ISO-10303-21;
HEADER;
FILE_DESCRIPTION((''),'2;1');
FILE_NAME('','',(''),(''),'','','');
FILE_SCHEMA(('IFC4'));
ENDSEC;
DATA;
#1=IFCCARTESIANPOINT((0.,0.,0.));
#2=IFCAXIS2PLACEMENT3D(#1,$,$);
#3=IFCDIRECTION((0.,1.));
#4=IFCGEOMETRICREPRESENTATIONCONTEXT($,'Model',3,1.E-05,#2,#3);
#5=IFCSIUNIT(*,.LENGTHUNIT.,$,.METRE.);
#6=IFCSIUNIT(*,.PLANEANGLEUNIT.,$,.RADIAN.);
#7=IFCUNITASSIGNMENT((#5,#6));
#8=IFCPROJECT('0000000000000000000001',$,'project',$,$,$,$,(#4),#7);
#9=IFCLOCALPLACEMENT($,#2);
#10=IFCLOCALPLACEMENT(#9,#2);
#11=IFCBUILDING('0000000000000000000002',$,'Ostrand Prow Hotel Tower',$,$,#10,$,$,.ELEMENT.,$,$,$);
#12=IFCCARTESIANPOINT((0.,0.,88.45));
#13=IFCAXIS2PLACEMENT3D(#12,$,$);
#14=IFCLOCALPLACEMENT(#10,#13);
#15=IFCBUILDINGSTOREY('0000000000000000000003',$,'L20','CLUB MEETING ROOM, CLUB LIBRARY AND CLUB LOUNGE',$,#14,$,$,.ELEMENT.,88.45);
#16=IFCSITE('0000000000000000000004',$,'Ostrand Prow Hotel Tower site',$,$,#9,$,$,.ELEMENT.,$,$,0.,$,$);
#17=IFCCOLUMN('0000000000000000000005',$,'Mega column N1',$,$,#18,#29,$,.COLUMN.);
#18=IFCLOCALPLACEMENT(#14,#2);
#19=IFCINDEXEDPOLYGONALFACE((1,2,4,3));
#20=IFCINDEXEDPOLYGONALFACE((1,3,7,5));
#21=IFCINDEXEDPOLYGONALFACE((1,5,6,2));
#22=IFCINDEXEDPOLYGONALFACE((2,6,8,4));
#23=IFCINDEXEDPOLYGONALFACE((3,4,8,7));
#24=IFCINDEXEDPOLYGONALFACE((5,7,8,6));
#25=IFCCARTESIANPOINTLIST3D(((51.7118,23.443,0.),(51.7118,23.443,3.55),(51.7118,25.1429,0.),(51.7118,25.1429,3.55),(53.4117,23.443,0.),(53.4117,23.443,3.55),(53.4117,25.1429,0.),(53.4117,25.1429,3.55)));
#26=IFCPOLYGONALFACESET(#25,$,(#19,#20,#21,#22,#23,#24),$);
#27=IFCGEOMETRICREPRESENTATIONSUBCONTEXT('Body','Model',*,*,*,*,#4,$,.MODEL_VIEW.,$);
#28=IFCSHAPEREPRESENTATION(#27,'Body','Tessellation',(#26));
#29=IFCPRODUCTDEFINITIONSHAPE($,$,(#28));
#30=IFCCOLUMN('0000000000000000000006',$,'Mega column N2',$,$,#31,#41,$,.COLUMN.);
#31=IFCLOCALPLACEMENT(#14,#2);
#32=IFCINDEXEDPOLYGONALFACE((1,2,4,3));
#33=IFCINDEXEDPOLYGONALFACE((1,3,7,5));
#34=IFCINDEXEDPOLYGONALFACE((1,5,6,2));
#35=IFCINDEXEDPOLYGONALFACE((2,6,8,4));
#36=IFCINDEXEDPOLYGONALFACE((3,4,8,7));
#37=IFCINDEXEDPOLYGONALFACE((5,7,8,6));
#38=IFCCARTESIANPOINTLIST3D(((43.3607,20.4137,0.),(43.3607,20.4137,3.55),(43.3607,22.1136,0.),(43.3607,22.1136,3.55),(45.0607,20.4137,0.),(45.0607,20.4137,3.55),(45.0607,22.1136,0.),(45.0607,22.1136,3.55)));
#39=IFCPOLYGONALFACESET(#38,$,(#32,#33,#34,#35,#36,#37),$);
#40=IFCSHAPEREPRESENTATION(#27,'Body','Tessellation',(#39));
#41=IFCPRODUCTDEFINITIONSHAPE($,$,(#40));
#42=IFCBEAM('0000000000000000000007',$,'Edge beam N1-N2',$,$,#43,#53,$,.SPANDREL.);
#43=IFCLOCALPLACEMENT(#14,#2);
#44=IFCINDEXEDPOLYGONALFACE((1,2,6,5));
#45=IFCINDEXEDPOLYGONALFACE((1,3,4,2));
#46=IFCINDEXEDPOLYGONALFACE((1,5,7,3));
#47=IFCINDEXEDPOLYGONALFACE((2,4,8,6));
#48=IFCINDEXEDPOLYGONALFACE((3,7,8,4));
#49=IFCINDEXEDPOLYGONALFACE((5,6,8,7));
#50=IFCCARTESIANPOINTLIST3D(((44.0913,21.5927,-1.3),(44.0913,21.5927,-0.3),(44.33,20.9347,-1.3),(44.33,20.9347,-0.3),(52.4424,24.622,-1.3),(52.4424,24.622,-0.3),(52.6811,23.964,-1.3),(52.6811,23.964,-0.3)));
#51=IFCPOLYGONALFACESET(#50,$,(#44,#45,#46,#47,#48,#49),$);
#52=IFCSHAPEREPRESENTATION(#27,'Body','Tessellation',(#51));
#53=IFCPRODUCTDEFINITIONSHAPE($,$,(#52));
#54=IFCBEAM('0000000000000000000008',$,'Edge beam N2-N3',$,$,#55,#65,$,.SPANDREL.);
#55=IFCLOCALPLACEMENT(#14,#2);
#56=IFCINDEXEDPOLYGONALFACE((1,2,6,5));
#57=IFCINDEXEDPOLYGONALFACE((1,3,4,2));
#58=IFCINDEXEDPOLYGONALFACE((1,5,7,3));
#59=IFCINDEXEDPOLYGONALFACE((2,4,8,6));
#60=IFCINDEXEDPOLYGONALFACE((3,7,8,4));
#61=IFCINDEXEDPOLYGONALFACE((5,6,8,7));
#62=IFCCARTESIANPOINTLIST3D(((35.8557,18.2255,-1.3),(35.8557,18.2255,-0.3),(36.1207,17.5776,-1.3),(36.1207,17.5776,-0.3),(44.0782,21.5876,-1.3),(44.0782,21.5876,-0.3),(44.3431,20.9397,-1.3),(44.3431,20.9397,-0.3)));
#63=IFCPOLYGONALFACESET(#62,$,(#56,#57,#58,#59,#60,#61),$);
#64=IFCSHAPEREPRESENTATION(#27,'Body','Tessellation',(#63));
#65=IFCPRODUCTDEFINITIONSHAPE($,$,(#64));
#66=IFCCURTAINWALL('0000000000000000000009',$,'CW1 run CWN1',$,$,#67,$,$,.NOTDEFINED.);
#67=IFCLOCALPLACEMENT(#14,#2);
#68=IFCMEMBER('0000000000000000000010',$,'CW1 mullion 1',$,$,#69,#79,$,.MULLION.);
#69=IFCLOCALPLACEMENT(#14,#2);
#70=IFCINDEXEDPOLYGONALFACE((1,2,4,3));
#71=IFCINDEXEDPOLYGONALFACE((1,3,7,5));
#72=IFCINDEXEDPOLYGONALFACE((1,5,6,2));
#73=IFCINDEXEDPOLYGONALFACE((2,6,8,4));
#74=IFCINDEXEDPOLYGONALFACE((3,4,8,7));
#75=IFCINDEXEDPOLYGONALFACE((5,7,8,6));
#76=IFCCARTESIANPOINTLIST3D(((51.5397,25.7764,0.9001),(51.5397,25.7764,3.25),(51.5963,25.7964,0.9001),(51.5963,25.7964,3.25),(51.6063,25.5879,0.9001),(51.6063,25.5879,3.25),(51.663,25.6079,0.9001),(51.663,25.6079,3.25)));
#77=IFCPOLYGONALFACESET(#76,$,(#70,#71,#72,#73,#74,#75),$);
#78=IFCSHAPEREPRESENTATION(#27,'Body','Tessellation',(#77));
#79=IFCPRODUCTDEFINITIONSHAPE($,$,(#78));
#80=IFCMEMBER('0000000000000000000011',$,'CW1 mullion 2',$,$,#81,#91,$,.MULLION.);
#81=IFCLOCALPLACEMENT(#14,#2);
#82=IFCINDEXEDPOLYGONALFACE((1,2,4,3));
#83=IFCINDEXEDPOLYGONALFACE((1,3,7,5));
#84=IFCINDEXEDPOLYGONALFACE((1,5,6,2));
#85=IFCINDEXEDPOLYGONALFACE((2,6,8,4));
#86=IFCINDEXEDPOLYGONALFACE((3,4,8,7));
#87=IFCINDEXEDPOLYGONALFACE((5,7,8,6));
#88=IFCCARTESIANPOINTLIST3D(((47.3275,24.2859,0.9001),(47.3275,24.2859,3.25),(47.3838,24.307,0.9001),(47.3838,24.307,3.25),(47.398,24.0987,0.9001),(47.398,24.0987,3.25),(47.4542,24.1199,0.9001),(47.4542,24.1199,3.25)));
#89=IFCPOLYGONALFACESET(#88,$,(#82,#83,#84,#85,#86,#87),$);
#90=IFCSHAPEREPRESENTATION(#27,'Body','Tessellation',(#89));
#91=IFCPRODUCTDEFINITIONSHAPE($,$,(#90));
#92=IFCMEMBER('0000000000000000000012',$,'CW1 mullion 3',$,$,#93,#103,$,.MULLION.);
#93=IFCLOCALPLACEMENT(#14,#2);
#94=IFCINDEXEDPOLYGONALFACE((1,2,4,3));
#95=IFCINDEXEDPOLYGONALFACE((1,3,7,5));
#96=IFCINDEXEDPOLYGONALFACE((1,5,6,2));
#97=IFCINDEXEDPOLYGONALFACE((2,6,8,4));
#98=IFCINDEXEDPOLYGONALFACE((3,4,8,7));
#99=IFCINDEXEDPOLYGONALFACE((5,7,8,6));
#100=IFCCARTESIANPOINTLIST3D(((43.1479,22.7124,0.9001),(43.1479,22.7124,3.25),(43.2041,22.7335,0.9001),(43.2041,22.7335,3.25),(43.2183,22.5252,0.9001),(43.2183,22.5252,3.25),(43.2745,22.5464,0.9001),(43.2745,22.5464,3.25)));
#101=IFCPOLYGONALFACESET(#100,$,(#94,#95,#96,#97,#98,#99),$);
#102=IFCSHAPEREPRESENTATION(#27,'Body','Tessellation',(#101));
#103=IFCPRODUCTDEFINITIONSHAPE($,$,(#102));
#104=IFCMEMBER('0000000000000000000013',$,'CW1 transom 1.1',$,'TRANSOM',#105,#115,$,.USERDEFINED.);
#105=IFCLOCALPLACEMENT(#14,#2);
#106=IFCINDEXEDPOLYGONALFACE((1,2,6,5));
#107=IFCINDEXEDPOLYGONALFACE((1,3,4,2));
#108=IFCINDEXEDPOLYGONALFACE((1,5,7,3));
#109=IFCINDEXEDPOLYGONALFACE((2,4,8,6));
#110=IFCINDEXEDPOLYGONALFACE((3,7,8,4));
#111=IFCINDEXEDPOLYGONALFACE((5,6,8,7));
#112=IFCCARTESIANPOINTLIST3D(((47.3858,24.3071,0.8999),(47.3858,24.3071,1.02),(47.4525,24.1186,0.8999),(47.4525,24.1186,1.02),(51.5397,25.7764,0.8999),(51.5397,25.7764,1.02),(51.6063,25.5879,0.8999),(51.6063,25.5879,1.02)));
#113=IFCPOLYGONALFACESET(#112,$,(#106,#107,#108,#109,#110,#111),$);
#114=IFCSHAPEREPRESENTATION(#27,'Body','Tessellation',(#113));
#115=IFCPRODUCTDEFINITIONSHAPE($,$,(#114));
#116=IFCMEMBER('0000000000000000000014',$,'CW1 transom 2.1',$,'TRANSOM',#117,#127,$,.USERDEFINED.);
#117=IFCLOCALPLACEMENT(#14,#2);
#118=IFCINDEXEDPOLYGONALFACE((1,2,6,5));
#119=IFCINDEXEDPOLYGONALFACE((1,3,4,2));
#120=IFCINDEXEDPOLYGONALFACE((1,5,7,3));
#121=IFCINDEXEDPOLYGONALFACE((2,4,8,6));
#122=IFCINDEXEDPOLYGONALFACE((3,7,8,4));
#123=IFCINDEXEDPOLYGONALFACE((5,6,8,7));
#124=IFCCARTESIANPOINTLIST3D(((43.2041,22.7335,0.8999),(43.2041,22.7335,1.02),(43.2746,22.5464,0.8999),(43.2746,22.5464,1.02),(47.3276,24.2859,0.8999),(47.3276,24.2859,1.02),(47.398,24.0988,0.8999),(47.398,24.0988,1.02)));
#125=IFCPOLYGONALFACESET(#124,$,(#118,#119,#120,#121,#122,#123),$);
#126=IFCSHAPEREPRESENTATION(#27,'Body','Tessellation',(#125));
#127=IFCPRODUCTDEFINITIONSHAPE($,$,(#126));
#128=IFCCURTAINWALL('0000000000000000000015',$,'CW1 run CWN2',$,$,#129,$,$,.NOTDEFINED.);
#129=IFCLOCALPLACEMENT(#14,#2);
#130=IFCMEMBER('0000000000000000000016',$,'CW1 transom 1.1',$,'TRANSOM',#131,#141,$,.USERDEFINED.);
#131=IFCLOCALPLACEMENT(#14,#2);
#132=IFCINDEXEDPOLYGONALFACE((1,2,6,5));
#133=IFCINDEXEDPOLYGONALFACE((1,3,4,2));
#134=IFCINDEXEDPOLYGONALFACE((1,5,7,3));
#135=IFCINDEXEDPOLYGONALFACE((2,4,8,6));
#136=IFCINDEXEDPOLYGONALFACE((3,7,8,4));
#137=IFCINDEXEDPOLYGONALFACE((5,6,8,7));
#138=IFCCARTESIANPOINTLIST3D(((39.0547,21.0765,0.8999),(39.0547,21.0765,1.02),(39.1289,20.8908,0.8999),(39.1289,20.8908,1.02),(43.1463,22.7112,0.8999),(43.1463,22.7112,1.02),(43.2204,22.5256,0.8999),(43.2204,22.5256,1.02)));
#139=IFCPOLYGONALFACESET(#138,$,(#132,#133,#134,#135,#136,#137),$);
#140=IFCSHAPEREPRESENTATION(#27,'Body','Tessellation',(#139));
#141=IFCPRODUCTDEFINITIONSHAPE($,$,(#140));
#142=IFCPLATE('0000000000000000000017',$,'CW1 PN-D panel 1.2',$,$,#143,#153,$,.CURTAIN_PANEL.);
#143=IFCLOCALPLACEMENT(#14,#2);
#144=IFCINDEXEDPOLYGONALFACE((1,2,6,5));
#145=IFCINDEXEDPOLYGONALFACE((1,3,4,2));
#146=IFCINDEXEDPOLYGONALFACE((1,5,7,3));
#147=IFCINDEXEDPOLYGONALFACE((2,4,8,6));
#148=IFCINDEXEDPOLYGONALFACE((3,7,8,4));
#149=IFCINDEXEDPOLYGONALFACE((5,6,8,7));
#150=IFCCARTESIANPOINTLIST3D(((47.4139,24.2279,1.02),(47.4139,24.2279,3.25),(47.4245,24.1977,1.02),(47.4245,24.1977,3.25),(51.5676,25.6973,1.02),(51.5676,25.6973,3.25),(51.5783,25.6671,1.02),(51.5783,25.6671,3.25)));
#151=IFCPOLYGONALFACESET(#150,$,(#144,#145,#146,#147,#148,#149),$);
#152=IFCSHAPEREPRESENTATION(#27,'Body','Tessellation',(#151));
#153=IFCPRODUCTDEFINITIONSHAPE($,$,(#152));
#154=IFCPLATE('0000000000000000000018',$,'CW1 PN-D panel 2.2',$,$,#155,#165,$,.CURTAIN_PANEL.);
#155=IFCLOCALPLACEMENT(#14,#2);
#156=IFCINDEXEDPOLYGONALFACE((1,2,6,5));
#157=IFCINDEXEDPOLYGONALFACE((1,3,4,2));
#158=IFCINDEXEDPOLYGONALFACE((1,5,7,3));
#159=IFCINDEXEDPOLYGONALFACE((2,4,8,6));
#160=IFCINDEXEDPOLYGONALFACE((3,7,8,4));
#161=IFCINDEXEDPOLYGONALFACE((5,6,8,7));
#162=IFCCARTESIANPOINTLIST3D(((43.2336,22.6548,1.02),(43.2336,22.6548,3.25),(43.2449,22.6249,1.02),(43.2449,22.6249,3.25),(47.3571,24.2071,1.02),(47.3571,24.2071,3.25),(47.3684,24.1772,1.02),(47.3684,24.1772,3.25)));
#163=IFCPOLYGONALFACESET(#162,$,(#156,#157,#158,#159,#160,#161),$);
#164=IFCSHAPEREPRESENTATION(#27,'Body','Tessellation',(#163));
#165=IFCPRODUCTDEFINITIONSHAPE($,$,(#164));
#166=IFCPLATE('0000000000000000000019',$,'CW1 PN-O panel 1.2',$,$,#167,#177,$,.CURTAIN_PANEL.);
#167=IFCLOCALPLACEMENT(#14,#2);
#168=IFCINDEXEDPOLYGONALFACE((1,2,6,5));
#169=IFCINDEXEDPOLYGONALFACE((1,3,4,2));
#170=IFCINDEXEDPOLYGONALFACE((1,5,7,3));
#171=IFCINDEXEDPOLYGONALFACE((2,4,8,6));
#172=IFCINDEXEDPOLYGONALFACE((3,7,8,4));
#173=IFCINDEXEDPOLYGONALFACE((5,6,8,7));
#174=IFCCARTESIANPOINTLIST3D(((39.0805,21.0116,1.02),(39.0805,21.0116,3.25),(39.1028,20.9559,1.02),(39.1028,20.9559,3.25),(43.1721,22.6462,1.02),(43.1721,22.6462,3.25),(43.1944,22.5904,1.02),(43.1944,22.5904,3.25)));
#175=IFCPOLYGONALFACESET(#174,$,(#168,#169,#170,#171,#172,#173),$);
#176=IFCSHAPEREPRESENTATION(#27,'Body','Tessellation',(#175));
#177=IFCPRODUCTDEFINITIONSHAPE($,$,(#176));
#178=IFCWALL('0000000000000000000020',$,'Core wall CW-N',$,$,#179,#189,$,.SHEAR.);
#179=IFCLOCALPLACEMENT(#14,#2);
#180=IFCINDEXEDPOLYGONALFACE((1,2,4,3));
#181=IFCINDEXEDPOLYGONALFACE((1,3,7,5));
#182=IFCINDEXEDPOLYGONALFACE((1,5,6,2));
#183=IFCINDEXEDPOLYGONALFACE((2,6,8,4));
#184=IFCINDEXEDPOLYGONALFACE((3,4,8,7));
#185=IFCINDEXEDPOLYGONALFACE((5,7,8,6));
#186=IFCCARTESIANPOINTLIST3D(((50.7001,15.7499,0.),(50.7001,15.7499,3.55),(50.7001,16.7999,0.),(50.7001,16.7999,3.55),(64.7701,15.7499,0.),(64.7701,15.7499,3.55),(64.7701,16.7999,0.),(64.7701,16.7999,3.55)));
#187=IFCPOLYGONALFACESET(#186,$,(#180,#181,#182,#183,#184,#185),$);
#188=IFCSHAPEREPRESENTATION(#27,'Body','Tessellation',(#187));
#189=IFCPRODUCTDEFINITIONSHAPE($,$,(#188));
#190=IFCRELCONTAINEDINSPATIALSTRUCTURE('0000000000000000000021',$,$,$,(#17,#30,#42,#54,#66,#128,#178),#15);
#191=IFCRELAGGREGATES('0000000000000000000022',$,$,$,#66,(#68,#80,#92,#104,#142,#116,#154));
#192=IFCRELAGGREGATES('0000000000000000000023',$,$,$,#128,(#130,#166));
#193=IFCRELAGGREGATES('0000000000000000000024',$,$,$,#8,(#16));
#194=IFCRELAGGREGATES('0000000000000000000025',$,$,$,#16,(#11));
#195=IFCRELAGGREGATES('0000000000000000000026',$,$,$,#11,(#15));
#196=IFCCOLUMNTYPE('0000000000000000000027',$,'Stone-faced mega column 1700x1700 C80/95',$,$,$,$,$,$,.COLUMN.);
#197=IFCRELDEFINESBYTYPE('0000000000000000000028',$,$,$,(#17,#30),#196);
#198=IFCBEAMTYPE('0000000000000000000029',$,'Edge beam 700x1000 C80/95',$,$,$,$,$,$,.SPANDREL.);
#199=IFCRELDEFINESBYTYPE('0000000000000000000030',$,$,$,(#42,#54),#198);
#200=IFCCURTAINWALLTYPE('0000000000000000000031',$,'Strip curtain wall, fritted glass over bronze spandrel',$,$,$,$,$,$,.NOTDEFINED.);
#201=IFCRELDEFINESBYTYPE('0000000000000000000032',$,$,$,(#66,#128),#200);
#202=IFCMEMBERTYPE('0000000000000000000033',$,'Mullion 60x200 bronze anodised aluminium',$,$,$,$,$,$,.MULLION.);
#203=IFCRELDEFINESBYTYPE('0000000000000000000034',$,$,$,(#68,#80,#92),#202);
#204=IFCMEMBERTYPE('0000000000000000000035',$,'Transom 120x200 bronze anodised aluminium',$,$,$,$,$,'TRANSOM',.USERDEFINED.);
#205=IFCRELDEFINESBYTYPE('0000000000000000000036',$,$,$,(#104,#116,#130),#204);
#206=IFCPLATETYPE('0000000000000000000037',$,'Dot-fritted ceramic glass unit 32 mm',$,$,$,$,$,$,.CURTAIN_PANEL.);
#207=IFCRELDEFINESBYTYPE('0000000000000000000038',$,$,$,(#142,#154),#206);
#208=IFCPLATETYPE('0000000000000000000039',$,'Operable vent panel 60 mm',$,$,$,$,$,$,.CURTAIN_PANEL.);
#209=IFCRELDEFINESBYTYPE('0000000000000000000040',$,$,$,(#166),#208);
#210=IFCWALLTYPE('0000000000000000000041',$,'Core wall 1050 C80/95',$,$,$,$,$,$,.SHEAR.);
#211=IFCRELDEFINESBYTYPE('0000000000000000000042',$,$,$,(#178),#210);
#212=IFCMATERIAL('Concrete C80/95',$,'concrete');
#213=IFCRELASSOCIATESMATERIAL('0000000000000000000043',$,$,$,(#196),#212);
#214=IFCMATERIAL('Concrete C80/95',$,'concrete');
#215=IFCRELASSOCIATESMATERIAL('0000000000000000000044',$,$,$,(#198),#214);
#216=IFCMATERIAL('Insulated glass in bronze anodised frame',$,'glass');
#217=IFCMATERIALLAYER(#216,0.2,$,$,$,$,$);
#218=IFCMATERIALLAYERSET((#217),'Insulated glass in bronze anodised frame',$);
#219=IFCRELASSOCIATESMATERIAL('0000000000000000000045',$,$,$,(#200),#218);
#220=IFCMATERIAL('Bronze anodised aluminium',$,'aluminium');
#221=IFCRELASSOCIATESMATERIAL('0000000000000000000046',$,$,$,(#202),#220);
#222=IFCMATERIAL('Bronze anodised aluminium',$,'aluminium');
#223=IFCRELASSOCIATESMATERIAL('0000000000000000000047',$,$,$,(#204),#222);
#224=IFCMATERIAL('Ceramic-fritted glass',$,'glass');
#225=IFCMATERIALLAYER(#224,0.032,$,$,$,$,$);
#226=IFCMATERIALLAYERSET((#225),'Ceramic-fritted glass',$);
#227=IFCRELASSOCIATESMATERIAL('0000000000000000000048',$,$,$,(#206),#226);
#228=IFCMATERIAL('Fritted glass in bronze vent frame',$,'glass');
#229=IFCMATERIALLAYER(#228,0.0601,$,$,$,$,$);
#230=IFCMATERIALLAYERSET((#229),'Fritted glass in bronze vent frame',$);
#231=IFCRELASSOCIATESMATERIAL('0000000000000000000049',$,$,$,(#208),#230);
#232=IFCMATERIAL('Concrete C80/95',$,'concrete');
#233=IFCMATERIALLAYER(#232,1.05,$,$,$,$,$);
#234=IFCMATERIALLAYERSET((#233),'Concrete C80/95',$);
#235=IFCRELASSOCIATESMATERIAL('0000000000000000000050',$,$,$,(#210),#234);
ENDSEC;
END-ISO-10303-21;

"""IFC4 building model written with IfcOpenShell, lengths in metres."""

from ifc_helpers import new_model, si_unit, direction, frame, frame_2d, origin, origin_2d, place, context, subcontext, project, spatial, rectangle, extrude, material, layer, layer_set, material_profile, profile_set, type_object, element, aggregate, save


model = new_model("IFC4")

# Units and contexts
model_context = context("Model", 3, precision=1e-05, world=origin(), true_north=direction((0.0, 1.0)))
body_context = subcontext(model_context, "Body", "Model", "MODEL_VIEW")
ifc_project = project(units=[si_unit("LENGTHUNIT", "METRE"), si_unit("PLANEANGLEUNIT", "RADIAN")], contexts=[model_context])

# Site, building, storey
site_placement = place(None, origin())
site = spatial("IfcSite", under=ifc_project, at=site_placement, Name="Ostrand Prow Hotel Tower site", CompositionType="ELEMENT", RefElevation=0.0)
building_placement = place(site_placement, origin())
building = spatial("IfcBuilding", under=site, at=building_placement, Name="Ostrand Prow Hotel Tower", CompositionType="ELEMENT")
storey_placement = place(building_placement, frame((0.0, 0.0, 88.45)))
storey = spatial("IfcBuildingStorey", under=building, at=storey_placement, Name="L20", Description="CLUB MEETING ROOM, CLUB LIBRARY AND CLUB LOUNGE", CompositionType="ELEMENT", Elevation=88.45)

# Columns
ifc_material_1 = material(Name="Concrete C80/95", Category="concrete")
ifc_material_profile_1 = material_profile(ifc_material_1, rectangle(XDim=1.7, YDim=1.7, at=origin_2d()), Name="RC 1700x1700")
ifc_profile_set_1 = profile_set([ifc_material_profile_1], Name="Concrete C80/95")
column_type = type_object("IfcColumnType", Name="Stone-faced mega column 1700x1700 C80/95", PredefinedType="COLUMN", material=ifc_profile_set_1)
for number, where, z_axis, x_axis, name in (
    (1, (52.5618, 24.293, 0.0), (0.0, 0.0, 1.0), (1.0, 0.0, 0.0), "Mega column N1"),
    (2, (44.2107, 21.2637, 0.0), (0.0, 0.0, 1.0), (1.0, 0.0, 0.0), "Mega column N2"),
):
    element("IfcColumn", number, at=place(storey_placement, frame(where, z_axis=z_axis, x_axis=x_axis)), inside=storey, type_object=column_type, Name=name, PredefinedType="COLUMN", context=body_context, shape_type="SweptSolid", body=[
        extrude(rectangle(XDim=1.7, YDim=1.7, at=origin_2d()), origin(), (0.0, 0.0, 1.0), 3.55),
    ])

# Beams
ifc_material_2 = material(Name="Concrete C80/95", Category="concrete")
ifc_material_profile_2 = material_profile(ifc_material_2, rectangle(XDim=0.7, YDim=1.0, at=origin_2d()), Name="RC 700x1000")
ifc_profile_set_2 = profile_set([ifc_material_profile_2], Name="Concrete C80/95")
beam_type = type_object("IfcBeamType", Name="Edge beam 700x1000 C80/95", PredefinedType="SPANDREL", material=ifc_profile_set_2)
beam_1_placement = place(storey_placement, frame((52.5618, 24.293, -0.8), z_axis=(-0.940063, -0.341002, 0.0), x_axis=(0.341002, -0.940063, 0.0)))
element("IfcBeam", 3, at=beam_1_placement, inside=storey, type_object=beam_type, Name="Edge beam N1-N2", PredefinedType="SPANDREL", context=body_context, shape_type="SweptSolid", body=[
    extrude(rectangle(XDim=0.7, YDim=1.0, at=origin_2d()), origin(), (0.0, 0.0, 1.0), 8.8835),
])
beam_2_placement = place(storey_placement, frame((44.2107, 21.2637, -0.8), z_axis=(-0.925612, -0.378473, 0.0), x_axis=(0.378473, -0.925612, 0.0)))
element("IfcBeam", 4, at=beam_2_placement, inside=storey, type_object=beam_type, Name="Edge beam N2-N3", PredefinedType="SPANDREL", context=body_context, shape_type="SweptSolid", body=[
    extrude(rectangle(XDim=0.7, YDim=1.0, at=origin_2d()), origin(), (0.0, 0.0, 1.0), 8.8833),
])

# Curtain wall, members
ifc_material_3 = material(Name="Insulated glass in bronze anodised frame", Category="glass")
ifc_layer_1 = layer(ifc_material_3, 0.2)
ifc_layer_set_1 = layer_set([ifc_layer_1], Name="Insulated glass in bronze anodised frame")
curtain_wall_type = type_object("IfcCurtainWallType", Name="Strip curtain wall, fritted glass over bronze spandrel", PredefinedType="NOTDEFINED", material=ifc_layer_set_1)
curtain_wall_1_placement = place(storey_placement, origin())
curtain_wall_1 = element("IfcCurtainWall", 5, at=curtain_wall_1_placement, inside=storey, type_object=curtain_wall_type, Name="CW1 run CWN1", PredefinedType="NOTDEFINED")
ifc_material_4 = material(Name="Bronze anodised aluminium", Category="aluminium")
ifc_material_profile_3 = material_profile(ifc_material_4, rectangle(XDim=0.2, YDim=0.0601, at=origin_2d()), Name="Mullion 60x200 bronze anodised aluminium")
ifc_profile_set_3 = profile_set([ifc_material_profile_3], Name="Bronze anodised aluminium")
member_type_1 = type_object("IfcMemberType", Name="Mullion 60x200 bronze anodised aluminium", PredefinedType="MULLION", material=ifc_profile_set_3)
member_1_placement = place(storey_placement, frame((51.6013, 25.6921, 0.9001), z_axis=(0.0, 0.0, 1.0), x_axis=(0.333496, -0.942752, 0.0)))
member_1 = element("IfcMember", 6, at=member_1_placement, type_object=member_type_1, Name="CW1 mullion 1", PredefinedType="MULLION", context=body_context, shape_type="SweptSolid", body=[
    extrude(rectangle(XDim=0.2, YDim=0.0601, at=origin_2d()), origin(), (0.0, 0.0, 1.0), 2.3499),
])
member_2_placement = place(storey_placement, frame((47.3909, 24.2029, 0.9001), z_axis=(0.0, 0.0, 1.0), x_axis=(0.352309, -0.935884, 0.0)))
member_2 = element("IfcMember", 7, at=member_2_placement, type_object=member_type_1, Name="CW1 mullion 2", PredefinedType="MULLION", context=body_context, shape_type="SweptSolid", body=[
    extrude(rectangle(XDim=0.2, YDim=0.0601, at=origin_2d()), origin(), (0.0, 0.0, 1.0), 2.3499),
])
member_3_placement = place(storey_placement, frame((43.2112, 22.6294, 0.9001), z_axis=(0.0, 0.0, 1.0), x_axis=(0.352309, -0.935884, 0.0)))
member_3 = element("IfcMember", 8, at=member_3_placement, type_object=member_type_1, Name="CW1 mullion 3", PredefinedType="MULLION", context=body_context, shape_type="SweptSolid", body=[
    extrude(rectangle(XDim=0.2, YDim=0.0601, at=origin_2d()), origin(), (0.0, 0.0, 1.0), 2.3499),
])
ifc_material_5 = material(Name="Bronze anodised aluminium", Category="aluminium")
ifc_material_profile_4 = material_profile(ifc_material_5, rectangle(XDim=0.2, YDim=0.1201, at=origin_2d()), Name="Transom 120x200 bronze anodised aluminium")
ifc_profile_set_4 = profile_set([ifc_material_profile_4], Name="Bronze anodised aluminium")
member_type_2 = type_object("IfcMemberType", Name="Transom 120x200 bronze anodised aluminium", ElementType="TRANSOM", PredefinedType="USERDEFINED", material=ifc_profile_set_4)
member_4_placement = place(storey_placement, frame((51.573, 25.6821, 0.96), z_axis=(-0.942763, -0.333463, 0.0), x_axis=(0.333463, -0.942763, 0.0)))
member_4 = element("IfcMember", 9, at=member_4_placement, type_object=member_type_2, Name="CW1 transom 1.1", ObjectType="TRANSOM", PredefinedType="USERDEFINED", context=body_context, shape_type="SweptSolid", body=[
    extrude(rectangle(XDim=0.2, YDim=0.1201, at=origin_2d()), origin(), (0.0, 0.0, 1.0), 4.406),
])
member_5_placement = place(storey_placement, frame((47.3628, 24.1924, 0.96), z_axis=(-0.935868, -0.35235, 0.0), x_axis=(0.35235, -0.935868, 0.0)))
member_5 = element("IfcMember", 10, at=member_5_placement, type_object=member_type_2, Name="CW1 transom 2.1", ObjectType="TRANSOM", PredefinedType="USERDEFINED", context=body_context, shape_type="SweptSolid", body=[
    extrude(rectangle(XDim=0.2, YDim=0.1201, at=origin_2d()), origin(), (0.0, 0.0, 1.0), 4.406),
])

# Curtain wall, member
curtain_wall_2_placement = place(storey_placement, origin())
curtain_wall_2 = element("IfcCurtainWall", 11, at=curtain_wall_2_placement, inside=storey, type_object=curtain_wall_type, Name="CW1 run CWN2", PredefinedType="NOTDEFINED")
member_6_placement = place(storey_placement, frame((43.1833, 22.6184, 0.96), z_axis=(-0.928622, -0.371028, 0.0), x_axis=(0.371028, -0.928622, 0.0)))
member_6 = element("IfcMember", 12, at=member_6_placement, type_object=member_type_2, Name="CW1 transom 1.1", ObjectType="TRANSOM", PredefinedType="USERDEFINED", context=body_context, shape_type="SweptSolid", body=[
    extrude(rectangle(XDim=0.2, YDim=0.1201, at=origin_2d()), origin(), (0.0, 0.0, 1.0), 4.406),
])

# Plates
ifc_material_6 = material(Name="Ceramic-fritted glass", Category="glass")
ifc_layer_2 = layer(ifc_material_6, 0.032)
ifc_layer_set_2 = layer_set([ifc_layer_2], Name="Ceramic-fritted glass")
plate_type_1 = type_object("IfcPlateType", Name="Dot-fritted ceramic glass unit 32 mm", PredefinedType="CURTAIN_PANEL", material=ifc_layer_set_2)
plate_1_placement = place(storey_placement, frame((49.4961, 24.9475, 1.02), z_axis=(0.0, 0.0, 1.0), x_axis=(-0.942752, -0.333496, 0.0)))
plate_1 = element("IfcPlate", 13, at=plate_1_placement, type_object=plate_type_1, Name="CW1 PN-D panel 1.2", PredefinedType="CURTAIN_PANEL", context=body_context, shape_type="SweptSolid", body=[
    extrude(rectangle(XDim=4.406, YDim=0.032, at=origin_2d()), origin(), (0.0, 0.0, 1.0), 2.23),
])
plate_2_placement = place(storey_placement, frame((45.301, 23.416, 1.02), z_axis=(0.0, 0.0, 1.0), x_axis=(-0.935884, -0.352309, 0.0)))
plate_2 = element("IfcPlate", 14, at=plate_2_placement, type_object=plate_type_1, Name="CW1 PN-D panel 2.2", PredefinedType="CURTAIN_PANEL", context=body_context, shape_type="SweptSolid", body=[
    extrude(rectangle(XDim=4.406, YDim=0.032, at=origin_2d()), origin(), (0.0, 0.0, 1.0), 2.23),
])
aggregate(curtain_wall_1, [member_1, member_2, member_3, member_4, plate_1, member_5, plate_2])
ifc_material_7 = material(Name="Fritted glass in bronze vent frame", Category="glass")
ifc_layer_3 = layer(ifc_material_7, 0.0601)
ifc_layer_set_3 = layer_set([ifc_layer_3], Name="Fritted glass in bronze vent frame")
plate_type_2 = type_object("IfcPlateType", Name="Operable vent panel 60 mm", PredefinedType="CURTAIN_PANEL", material=ifc_layer_set_3)
plate_3_placement = place(storey_placement, frame((41.1375, 21.801, 1.02), z_axis=(0.0, 0.0, 1.0), x_axis=(-0.92864, -0.370982, 0.0)))
plate_3 = element("IfcPlate", 15, at=plate_3_placement, type_object=plate_type_2, Name="CW1 PN-O panel 1.2", PredefinedType="CURTAIN_PANEL", context=body_context, shape_type="SweptSolid", body=[
    extrude(rectangle(XDim=4.406, YDim=0.0601, at=origin_2d()), origin(), (0.0, 0.0, 1.0), 2.23),
])
aggregate(curtain_wall_2, [member_6, plate_3])

# Wall
ifc_material_8 = material(Name="Concrete C80/95", Category="concrete")
ifc_layer_4 = layer(ifc_material_8, 1.05)
ifc_layer_set_4 = layer_set([ifc_layer_4], Name="Concrete C80/95")
wall_type_1 = type_object("IfcWallType", Name="Core wall 1050 C80/95", PredefinedType="SHEAR", material=ifc_layer_set_4)
wall_1_placement = place(storey_placement, frame((50.7, 16.2749, 0.0), z_axis=(0.0, 0.0, 1.0), x_axis=(1.0, 0.0, 0.0)))
element("IfcWall", 16, at=wall_1_placement, inside=storey, type_object=wall_type_1, Name="Core wall CW-N", PredefinedType="SHEAR", context=body_context, shape_type="SweptSolid", body=[
    extrude(rectangle(XDim=14.0701, YDim=1.05, at=frame_2d((7.0352, 0.0))), origin(), (0.0, 0.0, 1.0), 3.55),
])

save(model, "model.ifc")
